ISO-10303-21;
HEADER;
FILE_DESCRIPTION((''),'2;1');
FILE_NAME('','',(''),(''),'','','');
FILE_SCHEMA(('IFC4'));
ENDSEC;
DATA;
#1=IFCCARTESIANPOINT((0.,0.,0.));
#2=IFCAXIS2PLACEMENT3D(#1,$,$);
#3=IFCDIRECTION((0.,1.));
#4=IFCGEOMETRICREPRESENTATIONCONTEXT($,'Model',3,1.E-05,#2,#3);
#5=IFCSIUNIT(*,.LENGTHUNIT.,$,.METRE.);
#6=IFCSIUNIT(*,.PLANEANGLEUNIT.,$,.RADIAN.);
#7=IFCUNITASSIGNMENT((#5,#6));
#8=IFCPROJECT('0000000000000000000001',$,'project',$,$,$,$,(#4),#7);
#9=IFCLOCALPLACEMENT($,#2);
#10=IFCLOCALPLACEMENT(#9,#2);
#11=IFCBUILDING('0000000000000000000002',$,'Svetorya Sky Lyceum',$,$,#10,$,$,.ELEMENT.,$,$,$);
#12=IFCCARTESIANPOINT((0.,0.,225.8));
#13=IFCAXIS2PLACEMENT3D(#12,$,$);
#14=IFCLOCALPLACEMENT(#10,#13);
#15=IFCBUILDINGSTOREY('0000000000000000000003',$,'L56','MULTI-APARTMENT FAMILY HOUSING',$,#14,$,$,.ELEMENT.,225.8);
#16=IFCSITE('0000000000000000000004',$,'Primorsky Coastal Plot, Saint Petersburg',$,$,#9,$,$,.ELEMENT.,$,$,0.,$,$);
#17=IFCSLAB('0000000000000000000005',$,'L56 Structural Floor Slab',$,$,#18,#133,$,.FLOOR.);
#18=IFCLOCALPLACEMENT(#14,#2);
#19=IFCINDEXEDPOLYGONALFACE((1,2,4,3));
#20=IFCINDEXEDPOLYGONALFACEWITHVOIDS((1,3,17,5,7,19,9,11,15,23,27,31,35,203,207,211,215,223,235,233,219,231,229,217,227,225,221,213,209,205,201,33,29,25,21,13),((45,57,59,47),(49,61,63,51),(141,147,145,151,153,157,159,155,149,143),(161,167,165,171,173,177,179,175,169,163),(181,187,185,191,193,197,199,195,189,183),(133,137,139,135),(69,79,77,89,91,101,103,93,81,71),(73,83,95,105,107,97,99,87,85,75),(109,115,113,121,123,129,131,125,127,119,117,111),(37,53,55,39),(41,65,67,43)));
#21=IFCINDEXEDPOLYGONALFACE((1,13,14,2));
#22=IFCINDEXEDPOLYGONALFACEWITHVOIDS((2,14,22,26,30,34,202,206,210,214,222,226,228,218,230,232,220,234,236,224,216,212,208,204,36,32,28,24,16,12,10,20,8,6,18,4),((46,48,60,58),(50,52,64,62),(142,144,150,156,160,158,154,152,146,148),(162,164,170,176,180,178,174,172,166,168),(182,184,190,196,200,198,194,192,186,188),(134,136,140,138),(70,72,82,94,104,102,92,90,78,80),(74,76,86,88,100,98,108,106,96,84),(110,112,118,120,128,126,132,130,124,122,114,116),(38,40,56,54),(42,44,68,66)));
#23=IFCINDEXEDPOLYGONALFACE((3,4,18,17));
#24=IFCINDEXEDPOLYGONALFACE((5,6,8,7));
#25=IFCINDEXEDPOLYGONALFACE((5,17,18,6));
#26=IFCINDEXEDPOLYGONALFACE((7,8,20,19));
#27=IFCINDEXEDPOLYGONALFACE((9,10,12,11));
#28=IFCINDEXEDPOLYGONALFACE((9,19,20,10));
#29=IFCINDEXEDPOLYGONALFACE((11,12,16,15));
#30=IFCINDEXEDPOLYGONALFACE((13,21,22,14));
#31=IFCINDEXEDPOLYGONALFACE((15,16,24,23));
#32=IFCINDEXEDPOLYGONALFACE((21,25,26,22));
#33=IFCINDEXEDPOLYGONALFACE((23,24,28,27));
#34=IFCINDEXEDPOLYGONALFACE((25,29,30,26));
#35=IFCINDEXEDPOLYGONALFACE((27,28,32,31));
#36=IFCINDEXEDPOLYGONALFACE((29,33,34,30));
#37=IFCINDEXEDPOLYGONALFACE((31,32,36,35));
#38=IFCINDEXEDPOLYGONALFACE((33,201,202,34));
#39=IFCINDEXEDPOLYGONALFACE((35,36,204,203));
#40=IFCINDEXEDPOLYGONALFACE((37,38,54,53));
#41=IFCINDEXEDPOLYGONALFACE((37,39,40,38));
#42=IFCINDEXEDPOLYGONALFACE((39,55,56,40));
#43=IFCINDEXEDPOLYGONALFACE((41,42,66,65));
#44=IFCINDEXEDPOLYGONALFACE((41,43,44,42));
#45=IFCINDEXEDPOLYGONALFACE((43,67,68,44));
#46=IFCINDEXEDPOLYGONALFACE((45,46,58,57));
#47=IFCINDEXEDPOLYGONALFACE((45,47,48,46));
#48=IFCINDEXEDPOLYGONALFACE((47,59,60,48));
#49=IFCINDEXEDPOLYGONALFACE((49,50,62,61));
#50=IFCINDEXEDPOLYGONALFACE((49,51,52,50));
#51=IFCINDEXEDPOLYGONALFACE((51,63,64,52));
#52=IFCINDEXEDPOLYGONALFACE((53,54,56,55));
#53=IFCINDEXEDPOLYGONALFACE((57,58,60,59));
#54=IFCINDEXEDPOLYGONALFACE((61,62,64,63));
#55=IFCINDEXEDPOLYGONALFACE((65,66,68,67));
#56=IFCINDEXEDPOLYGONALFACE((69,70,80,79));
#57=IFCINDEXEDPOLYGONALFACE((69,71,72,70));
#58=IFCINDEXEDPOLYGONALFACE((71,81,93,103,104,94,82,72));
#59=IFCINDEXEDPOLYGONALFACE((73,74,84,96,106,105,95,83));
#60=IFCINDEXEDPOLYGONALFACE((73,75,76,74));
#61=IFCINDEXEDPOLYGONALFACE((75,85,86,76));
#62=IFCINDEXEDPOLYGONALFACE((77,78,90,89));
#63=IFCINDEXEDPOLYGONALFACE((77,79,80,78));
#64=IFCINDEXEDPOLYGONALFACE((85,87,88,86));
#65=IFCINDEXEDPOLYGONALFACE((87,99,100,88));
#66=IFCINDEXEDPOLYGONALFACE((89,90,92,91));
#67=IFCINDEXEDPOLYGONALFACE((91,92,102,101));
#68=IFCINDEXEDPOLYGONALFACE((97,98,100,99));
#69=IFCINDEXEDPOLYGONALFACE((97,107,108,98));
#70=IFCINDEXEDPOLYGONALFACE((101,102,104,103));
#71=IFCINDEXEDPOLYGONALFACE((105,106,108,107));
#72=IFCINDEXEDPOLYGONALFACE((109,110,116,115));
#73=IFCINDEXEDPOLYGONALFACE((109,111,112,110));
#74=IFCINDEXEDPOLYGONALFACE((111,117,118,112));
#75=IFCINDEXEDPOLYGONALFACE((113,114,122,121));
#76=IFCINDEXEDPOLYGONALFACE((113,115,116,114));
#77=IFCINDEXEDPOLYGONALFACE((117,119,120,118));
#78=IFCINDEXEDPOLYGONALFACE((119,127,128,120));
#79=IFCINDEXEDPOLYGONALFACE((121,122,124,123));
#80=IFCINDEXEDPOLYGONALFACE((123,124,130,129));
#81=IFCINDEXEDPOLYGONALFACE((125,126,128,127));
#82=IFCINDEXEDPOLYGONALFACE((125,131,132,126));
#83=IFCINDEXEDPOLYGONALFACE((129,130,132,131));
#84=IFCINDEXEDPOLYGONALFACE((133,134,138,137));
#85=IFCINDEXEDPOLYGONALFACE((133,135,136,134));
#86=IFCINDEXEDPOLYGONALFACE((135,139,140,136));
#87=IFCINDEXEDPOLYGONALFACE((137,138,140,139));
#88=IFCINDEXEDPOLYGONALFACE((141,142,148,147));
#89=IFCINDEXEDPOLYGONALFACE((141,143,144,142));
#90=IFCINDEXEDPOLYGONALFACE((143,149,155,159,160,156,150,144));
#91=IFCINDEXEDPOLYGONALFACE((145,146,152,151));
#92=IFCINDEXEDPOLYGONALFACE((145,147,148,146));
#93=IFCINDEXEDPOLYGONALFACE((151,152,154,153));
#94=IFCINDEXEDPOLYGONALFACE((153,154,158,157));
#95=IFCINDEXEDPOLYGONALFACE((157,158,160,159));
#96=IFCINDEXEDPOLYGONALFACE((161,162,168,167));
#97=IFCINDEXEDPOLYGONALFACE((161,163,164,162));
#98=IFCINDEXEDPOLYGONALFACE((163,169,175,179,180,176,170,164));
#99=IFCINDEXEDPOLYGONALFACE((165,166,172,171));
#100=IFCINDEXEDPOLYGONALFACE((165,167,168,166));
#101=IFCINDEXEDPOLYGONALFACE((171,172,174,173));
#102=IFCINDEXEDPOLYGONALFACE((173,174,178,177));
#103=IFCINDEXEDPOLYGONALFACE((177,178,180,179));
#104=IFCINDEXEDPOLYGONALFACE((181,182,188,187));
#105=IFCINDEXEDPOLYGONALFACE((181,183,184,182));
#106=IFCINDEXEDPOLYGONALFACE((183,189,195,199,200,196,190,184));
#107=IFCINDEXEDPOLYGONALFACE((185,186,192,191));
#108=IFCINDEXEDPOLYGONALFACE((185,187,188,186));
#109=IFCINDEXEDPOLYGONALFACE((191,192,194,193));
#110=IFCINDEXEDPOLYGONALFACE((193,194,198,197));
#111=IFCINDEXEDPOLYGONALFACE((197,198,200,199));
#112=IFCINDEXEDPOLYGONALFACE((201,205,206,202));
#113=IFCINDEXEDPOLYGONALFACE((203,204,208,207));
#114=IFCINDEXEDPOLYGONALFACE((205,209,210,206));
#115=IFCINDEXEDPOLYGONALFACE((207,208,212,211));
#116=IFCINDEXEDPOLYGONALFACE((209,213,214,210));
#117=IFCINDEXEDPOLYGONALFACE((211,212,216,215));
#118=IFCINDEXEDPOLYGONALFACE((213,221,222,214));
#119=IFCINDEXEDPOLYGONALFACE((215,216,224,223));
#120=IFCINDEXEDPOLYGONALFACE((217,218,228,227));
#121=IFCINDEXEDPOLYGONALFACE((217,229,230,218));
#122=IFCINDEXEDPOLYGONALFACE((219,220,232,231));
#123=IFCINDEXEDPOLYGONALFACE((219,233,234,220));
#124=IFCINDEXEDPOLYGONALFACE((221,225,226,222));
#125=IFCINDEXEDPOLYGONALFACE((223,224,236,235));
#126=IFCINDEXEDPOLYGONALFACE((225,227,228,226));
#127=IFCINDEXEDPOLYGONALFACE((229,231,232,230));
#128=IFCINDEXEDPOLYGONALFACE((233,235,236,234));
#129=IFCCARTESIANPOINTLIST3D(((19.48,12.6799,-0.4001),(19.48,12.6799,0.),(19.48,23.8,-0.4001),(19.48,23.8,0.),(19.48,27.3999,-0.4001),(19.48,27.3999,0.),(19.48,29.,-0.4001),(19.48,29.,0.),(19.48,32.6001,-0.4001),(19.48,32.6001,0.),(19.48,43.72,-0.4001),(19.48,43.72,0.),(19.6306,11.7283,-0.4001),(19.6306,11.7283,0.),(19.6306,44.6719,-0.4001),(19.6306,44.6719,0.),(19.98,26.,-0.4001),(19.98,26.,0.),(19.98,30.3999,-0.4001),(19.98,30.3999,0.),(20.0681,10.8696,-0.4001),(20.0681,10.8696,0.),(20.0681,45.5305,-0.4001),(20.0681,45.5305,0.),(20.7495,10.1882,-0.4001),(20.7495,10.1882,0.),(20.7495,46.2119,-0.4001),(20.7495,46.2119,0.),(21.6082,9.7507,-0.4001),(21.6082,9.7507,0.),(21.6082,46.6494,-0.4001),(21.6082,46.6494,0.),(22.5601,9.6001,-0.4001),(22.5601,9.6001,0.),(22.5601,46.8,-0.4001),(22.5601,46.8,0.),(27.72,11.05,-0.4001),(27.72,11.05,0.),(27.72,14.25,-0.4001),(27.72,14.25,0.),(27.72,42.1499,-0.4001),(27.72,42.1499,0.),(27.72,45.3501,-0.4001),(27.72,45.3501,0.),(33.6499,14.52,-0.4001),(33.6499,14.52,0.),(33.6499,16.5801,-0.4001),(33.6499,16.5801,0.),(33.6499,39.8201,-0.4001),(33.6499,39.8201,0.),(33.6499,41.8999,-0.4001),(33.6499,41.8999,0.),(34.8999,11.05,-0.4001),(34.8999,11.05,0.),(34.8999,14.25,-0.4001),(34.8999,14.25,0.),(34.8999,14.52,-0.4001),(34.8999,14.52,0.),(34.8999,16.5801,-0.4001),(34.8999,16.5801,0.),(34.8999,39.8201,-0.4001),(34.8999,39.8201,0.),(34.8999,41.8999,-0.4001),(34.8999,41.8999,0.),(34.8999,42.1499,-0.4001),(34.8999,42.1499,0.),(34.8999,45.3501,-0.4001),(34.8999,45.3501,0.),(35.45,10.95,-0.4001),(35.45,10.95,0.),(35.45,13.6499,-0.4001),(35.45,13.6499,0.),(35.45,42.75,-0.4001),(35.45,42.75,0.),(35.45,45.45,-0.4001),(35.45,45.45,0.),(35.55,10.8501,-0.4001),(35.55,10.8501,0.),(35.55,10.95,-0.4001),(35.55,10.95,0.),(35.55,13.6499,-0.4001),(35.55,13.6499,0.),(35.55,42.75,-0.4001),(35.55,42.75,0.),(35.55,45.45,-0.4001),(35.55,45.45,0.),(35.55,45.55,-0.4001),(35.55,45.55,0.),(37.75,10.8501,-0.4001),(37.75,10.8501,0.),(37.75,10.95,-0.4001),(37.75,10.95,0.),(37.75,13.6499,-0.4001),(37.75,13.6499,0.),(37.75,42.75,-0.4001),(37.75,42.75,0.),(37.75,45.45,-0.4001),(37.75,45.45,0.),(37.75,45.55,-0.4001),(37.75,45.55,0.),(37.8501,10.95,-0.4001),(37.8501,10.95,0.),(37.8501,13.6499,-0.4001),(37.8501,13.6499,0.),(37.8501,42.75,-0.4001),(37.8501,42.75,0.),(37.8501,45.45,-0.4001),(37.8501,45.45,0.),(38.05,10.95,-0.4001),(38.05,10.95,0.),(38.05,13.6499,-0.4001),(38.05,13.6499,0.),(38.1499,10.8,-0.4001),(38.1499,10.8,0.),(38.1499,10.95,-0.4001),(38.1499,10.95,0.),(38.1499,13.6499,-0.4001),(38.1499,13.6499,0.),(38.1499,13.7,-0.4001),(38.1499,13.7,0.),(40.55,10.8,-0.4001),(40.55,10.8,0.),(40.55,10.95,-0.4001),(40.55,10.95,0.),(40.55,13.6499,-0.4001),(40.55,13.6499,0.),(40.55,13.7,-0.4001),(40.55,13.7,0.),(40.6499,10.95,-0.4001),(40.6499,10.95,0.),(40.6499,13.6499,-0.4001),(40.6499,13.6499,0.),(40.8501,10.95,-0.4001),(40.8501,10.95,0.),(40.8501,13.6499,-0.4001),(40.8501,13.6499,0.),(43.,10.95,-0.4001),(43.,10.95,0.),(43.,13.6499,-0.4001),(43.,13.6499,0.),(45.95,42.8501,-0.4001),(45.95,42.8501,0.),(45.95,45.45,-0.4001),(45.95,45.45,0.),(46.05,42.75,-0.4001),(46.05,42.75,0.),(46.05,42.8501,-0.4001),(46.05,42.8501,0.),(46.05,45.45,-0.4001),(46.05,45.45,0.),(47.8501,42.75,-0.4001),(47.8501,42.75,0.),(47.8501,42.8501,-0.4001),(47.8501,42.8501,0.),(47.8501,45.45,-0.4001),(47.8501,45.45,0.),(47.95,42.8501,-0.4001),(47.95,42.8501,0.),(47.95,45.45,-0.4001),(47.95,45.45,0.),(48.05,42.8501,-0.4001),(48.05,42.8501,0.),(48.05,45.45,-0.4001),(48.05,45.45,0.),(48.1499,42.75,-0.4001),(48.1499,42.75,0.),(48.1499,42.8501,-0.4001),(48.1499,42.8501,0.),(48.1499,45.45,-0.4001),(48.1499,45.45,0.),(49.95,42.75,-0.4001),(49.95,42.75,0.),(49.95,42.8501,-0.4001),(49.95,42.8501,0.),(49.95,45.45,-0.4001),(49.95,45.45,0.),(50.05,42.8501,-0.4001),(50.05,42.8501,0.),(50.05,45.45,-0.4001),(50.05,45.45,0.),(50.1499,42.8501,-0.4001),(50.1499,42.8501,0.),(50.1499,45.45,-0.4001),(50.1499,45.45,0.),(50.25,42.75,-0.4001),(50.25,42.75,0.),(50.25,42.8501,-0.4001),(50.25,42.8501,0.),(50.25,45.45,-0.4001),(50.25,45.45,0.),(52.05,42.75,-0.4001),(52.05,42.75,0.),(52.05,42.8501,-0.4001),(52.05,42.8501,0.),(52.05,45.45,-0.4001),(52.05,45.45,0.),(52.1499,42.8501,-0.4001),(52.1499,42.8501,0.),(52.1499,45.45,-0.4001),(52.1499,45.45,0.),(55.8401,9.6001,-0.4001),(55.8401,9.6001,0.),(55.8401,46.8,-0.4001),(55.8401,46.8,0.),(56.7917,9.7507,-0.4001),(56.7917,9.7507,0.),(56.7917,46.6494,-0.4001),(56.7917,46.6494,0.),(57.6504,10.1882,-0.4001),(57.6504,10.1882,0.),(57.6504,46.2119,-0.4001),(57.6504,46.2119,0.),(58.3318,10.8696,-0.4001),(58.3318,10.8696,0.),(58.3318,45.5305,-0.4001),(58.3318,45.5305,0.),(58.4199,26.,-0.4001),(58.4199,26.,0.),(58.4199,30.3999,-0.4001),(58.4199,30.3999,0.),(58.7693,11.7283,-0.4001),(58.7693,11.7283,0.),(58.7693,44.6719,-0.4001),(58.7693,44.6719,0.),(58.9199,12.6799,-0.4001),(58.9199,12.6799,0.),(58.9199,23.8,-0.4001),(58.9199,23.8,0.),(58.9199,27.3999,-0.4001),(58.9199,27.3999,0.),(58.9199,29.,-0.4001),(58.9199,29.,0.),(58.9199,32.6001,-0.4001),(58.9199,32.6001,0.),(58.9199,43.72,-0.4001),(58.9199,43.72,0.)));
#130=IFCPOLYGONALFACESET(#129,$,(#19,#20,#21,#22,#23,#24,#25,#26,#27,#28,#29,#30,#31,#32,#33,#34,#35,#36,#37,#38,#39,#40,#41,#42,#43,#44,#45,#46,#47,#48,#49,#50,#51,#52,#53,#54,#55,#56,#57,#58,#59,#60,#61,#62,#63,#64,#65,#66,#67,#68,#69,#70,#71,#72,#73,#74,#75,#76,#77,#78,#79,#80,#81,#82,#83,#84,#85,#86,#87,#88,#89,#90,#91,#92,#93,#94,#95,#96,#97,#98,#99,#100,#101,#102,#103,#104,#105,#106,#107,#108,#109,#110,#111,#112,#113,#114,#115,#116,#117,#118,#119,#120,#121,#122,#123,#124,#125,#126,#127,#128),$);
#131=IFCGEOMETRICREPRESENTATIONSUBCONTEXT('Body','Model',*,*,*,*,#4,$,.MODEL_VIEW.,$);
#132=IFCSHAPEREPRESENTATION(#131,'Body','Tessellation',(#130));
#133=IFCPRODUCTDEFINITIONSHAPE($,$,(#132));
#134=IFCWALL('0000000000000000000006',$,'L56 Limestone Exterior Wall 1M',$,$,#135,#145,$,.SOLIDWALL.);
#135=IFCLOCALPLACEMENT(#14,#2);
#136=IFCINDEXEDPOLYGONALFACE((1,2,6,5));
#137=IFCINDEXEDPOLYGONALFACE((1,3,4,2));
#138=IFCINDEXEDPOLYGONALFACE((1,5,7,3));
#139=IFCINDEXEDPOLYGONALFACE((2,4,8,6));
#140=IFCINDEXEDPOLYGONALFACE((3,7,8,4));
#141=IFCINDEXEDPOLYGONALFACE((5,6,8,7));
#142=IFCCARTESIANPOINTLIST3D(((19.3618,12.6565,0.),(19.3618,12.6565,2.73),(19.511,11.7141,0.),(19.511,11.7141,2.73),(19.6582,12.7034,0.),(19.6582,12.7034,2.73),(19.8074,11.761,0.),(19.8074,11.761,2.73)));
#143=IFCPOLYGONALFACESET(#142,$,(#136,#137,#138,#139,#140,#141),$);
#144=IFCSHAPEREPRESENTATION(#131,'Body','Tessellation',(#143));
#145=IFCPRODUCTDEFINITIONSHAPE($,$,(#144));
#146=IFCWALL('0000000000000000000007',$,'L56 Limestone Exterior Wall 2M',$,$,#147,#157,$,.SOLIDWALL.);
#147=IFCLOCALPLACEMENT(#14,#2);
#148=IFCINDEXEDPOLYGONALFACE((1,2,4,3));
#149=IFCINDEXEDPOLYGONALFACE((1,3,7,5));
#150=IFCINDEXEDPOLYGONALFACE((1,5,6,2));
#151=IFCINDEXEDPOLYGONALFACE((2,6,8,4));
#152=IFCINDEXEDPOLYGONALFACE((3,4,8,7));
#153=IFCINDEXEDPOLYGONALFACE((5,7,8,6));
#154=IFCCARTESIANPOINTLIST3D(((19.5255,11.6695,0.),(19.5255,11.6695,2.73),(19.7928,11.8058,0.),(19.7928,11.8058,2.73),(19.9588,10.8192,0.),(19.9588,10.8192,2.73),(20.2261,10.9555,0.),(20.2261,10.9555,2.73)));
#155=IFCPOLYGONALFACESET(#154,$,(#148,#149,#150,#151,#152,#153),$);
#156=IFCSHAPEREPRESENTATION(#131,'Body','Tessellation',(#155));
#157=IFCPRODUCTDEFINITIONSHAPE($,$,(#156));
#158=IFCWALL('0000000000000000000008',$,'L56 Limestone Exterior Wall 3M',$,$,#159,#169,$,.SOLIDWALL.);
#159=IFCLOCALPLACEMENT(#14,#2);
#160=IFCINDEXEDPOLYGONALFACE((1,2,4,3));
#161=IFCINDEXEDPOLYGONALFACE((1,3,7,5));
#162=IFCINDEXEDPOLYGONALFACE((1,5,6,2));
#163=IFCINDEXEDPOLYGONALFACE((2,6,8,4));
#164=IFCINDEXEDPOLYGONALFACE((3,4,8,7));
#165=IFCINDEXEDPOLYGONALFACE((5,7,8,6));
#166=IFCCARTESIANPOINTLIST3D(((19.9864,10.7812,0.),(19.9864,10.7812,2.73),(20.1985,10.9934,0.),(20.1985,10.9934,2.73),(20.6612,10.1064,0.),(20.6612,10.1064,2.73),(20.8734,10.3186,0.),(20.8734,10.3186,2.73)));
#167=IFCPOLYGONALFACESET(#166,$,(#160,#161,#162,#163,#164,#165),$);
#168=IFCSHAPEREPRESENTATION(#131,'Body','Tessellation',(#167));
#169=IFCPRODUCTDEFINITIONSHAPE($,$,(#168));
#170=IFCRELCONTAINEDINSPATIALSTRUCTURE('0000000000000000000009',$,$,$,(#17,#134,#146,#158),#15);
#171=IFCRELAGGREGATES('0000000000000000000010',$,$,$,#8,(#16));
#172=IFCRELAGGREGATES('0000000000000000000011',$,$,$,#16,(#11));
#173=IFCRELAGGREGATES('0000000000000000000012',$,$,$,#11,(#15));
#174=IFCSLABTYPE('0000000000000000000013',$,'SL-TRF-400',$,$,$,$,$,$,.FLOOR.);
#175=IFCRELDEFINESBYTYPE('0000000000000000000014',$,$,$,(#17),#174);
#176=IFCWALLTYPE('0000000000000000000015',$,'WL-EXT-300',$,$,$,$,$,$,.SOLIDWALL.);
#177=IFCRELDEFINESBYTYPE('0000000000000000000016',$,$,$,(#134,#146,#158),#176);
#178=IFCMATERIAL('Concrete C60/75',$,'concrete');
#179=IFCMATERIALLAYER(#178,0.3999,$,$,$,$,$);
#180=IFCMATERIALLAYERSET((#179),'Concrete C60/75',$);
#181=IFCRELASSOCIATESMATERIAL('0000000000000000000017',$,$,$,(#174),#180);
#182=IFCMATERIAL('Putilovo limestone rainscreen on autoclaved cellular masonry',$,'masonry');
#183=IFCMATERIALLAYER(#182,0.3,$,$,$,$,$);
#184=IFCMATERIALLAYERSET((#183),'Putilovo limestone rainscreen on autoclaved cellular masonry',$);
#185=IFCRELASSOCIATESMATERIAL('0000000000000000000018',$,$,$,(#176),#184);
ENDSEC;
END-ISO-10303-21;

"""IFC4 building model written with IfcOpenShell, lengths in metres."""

from ifc_helpers import new_model, si_unit, direction, frame, frame_2d, origin, place, context, subcontext, project, spatial, polyline, rectangle, outline, extrude, material, layer, layer_set, type_object, element, save


model = new_model("IFC4")

# Units and contexts
model_context = context("Model", 3, precision=1e-05, world=origin(), true_north=direction((0.0, 1.0)))
body_context = subcontext(model_context, "Body", "Model", "MODEL_VIEW")
ifc_project = project(units=[si_unit("LENGTHUNIT", "METRE"), si_unit("PLANEANGLEUNIT", "RADIAN")], contexts=[model_context])

# Site, building, storey
site_placement = place(None, origin())
site = spatial("IfcSite", under=ifc_project, at=site_placement, Name="Primorsky Coastal Plot, Saint Petersburg", CompositionType="ELEMENT", RefElevation=0.0)
building_placement = place(site_placement, origin())
building = spatial("IfcBuilding", under=site, at=building_placement, Name="Svetorya Sky Lyceum", CompositionType="ELEMENT")
storey_placement = place(building_placement, frame((0.0, 0.0, 225.8)))
storey = spatial("IfcBuildingStorey", under=building, at=storey_placement, Name="L56", Description="MULTI-APARTMENT FAMILY HOUSING", CompositionType="ELEMENT", Elevation=225.8)

# Slab
ifc_material_1 = material(Name="Concrete C60/75", Category="concrete")
ifc_layer_1 = layer(ifc_material_1, 0.3999)
ifc_layer_set_1 = layer_set([ifc_layer_1], Name="Concrete C60/75")
slab_type_1 = type_object("IfcSlabType", Name="SL-TRF-400", PredefinedType="FLOOR", material=ifc_layer_set_1)
slab_1_placement = place(storey_placement, frame((0.0, 0.0, -0.4001)))
element("IfcSlab", 1, at=slab_1_placement, inside=storey, type_object=slab_type_1, Name="L56 Structural Floor Slab", PredefinedType="FLOOR", context=body_context, shape_type="SweptSolid", body=[
    extrude(outline(polyline([(19.48, 12.6799), (19.6306, 11.7283), (20.0681, 10.8696), (20.7495, 10.1882), (21.6082, 9.7507), (22.5601, 9.6001), (55.8401, 9.6001), (56.7917, 9.7507), (57.6504, 10.1882), (58.3318, 10.8696), (58.7693, 11.7283), (58.9199, 12.6799), (58.9199, 23.8), (58.4199, 26.0), (58.9199, 27.3999), (58.9199, 29.0), (58.4199, 30.3999), (58.9199, 32.6001), (58.9199, 43.72), (58.7693, 44.6719), (58.3318, 45.5305), (57.6504, 46.2119), (56.7917, 46.6494), (55.8401, 46.8), (22.5601, 46.8), (21.6082, 46.6494), (20.7495, 46.2119), (20.0681, 45.5305), (19.6306, 44.6719), (19.48, 43.72), (19.48, 32.6001), (19.98, 30.3999), (19.48, 29.0), (19.48, 27.3999), (19.98, 26.0), (19.48, 23.8), (19.48, 12.6799)]), holes=[polyline([(37.8501, 10.95), (37.75, 10.95), (37.75, 10.8501), (35.55, 10.8501), (35.55, 10.95), (35.45, 10.95), (35.45, 13.6499), (35.55, 13.6499), (37.75, 13.6499), (37.8501, 13.6499), (37.8501, 10.95)]), polyline([(38.1499, 10.8), (38.1499, 10.95), (38.05, 10.95), (38.05, 13.6499), (38.1499, 13.6499), (38.1499, 13.7), (40.55, 13.7), (40.55, 13.6499), (40.6499, 13.6499), (40.6499, 10.95), (40.55, 10.95), (40.55, 10.8), (38.1499, 10.8)]), polyline([(27.72, 11.05), (27.72, 14.25), (34.8999, 14.25), (34.8999, 11.05), (27.72, 11.05)]), polyline([(33.6499, 14.52), (33.6499, 16.5801), (34.8999, 16.5801), (34.8999, 14.52), (33.6499, 14.52)]), polyline([(33.6499, 39.8201), (33.6499, 41.8999), (34.8999, 41.8999), (34.8999, 39.8201), (33.6499, 39.8201)]), polyline([(27.72, 42.1499), (27.72, 45.3501), (34.8999, 45.3501), (34.8999, 42.1499), (27.72, 42.1499)]), polyline([(37.75, 42.75), (35.55, 42.75), (35.45, 42.75), (35.45, 45.45), (35.55, 45.45), (35.55, 45.55), (37.75, 45.55), (37.75, 45.45), (37.8501, 45.45), (37.8501, 42.75), (37.75, 42.75)]), polyline([(40.8501, 10.95), (40.8501, 13.6499), (43.0, 13.6499), (43.0, 10.95), (40.8501, 10.95)]), polyline([(46.05, 42.75), (46.05, 42.8501), (45.95, 42.8501), (45.95, 45.45), (46.05, 45.45), (47.8501, 45.45), (47.95, 45.45), (47.95, 42.8501), (47.8501, 42.8501), (47.8501, 42.75), (46.05, 42.75)]), polyline([(50.05, 42.8501), (49.95, 42.8501), (49.95, 42.75), (48.1499, 42.75), (48.1499, 42.8501), (48.05, 42.8501), (48.05, 45.45), (48.1499, 45.45), (49.95, 45.45), (50.05, 45.45), (50.05, 42.8501)]), polyline([(52.1499, 42.8501), (52.05, 42.8501), (52.05, 42.75), (50.25, 42.75), (50.25, 42.8501), (50.1499, 42.8501), (50.1499, 45.45), (50.25, 45.45), (52.05, 45.45), (52.1499, 45.45), (52.1499, 42.8501)])]), origin(), (0.0, 0.0, 1.0), 0.4001),
])

# Walls
ifc_material_2 = material(Name="Putilovo limestone rainscreen on autoclaved cellular masonry", Category="masonry")
ifc_layer_2 = layer(ifc_material_2, 0.3)
ifc_layer_set_2 = layer_set([ifc_layer_2], Name="Putilovo limestone rainscreen on autoclaved cellular masonry")
wall_type_1 = type_object("IfcWallType", Name="WL-EXT-300", PredefinedType="SOLIDWALL", material=ifc_layer_set_2)
wall_1_placement = place(storey_placement, frame((19.51, 12.6799, 0.0), z_axis=(0.0, 0.0, 1.0), x_axis=(0.156344, -0.987703, 0.0)))
element("IfcWall", 2, at=wall_1_placement, inside=storey, type_object=wall_type_1, Name="L56 Limestone Exterior Wall 1M", PredefinedType="SOLIDWALL", context=body_context, shape_type="SweptSolid", body=[
    extrude(rectangle(XDim=0.9541, YDim=0.3, at=frame_2d((0.4771, 0.0))), origin(), (0.0, 0.0, 1.0), 2.73),
])
for number, where, z_axis, x_axis, name in (
    (3, (19.6592, 11.7375, 0.0), (0.0, 0.0, 1.0), (0.454056, -0.890973, 0.0), "L56 Limestone Exterior Wall 2M"),
    (4, (20.0925, 10.8872, 0.0), (0.0, 0.0, 1.0), (0.707107, -0.707107, 0.0), "L56 Limestone Exterior Wall 3M"),
):
    element("IfcWall", number, at=place(storey_placement, frame(where, z_axis=z_axis, x_axis=x_axis)), inside=storey, type_object=wall_type_1, Name=name, PredefinedType="SOLIDWALL", context=body_context, shape_type="SweptSolid", body=[
        extrude(rectangle(XDim=0.9543, YDim=0.3, at=frame_2d((0.4771, 0.0))), origin(), (0.0, 0.0, 1.0), 2.73),
    ])

save(model, "model.ifc")
